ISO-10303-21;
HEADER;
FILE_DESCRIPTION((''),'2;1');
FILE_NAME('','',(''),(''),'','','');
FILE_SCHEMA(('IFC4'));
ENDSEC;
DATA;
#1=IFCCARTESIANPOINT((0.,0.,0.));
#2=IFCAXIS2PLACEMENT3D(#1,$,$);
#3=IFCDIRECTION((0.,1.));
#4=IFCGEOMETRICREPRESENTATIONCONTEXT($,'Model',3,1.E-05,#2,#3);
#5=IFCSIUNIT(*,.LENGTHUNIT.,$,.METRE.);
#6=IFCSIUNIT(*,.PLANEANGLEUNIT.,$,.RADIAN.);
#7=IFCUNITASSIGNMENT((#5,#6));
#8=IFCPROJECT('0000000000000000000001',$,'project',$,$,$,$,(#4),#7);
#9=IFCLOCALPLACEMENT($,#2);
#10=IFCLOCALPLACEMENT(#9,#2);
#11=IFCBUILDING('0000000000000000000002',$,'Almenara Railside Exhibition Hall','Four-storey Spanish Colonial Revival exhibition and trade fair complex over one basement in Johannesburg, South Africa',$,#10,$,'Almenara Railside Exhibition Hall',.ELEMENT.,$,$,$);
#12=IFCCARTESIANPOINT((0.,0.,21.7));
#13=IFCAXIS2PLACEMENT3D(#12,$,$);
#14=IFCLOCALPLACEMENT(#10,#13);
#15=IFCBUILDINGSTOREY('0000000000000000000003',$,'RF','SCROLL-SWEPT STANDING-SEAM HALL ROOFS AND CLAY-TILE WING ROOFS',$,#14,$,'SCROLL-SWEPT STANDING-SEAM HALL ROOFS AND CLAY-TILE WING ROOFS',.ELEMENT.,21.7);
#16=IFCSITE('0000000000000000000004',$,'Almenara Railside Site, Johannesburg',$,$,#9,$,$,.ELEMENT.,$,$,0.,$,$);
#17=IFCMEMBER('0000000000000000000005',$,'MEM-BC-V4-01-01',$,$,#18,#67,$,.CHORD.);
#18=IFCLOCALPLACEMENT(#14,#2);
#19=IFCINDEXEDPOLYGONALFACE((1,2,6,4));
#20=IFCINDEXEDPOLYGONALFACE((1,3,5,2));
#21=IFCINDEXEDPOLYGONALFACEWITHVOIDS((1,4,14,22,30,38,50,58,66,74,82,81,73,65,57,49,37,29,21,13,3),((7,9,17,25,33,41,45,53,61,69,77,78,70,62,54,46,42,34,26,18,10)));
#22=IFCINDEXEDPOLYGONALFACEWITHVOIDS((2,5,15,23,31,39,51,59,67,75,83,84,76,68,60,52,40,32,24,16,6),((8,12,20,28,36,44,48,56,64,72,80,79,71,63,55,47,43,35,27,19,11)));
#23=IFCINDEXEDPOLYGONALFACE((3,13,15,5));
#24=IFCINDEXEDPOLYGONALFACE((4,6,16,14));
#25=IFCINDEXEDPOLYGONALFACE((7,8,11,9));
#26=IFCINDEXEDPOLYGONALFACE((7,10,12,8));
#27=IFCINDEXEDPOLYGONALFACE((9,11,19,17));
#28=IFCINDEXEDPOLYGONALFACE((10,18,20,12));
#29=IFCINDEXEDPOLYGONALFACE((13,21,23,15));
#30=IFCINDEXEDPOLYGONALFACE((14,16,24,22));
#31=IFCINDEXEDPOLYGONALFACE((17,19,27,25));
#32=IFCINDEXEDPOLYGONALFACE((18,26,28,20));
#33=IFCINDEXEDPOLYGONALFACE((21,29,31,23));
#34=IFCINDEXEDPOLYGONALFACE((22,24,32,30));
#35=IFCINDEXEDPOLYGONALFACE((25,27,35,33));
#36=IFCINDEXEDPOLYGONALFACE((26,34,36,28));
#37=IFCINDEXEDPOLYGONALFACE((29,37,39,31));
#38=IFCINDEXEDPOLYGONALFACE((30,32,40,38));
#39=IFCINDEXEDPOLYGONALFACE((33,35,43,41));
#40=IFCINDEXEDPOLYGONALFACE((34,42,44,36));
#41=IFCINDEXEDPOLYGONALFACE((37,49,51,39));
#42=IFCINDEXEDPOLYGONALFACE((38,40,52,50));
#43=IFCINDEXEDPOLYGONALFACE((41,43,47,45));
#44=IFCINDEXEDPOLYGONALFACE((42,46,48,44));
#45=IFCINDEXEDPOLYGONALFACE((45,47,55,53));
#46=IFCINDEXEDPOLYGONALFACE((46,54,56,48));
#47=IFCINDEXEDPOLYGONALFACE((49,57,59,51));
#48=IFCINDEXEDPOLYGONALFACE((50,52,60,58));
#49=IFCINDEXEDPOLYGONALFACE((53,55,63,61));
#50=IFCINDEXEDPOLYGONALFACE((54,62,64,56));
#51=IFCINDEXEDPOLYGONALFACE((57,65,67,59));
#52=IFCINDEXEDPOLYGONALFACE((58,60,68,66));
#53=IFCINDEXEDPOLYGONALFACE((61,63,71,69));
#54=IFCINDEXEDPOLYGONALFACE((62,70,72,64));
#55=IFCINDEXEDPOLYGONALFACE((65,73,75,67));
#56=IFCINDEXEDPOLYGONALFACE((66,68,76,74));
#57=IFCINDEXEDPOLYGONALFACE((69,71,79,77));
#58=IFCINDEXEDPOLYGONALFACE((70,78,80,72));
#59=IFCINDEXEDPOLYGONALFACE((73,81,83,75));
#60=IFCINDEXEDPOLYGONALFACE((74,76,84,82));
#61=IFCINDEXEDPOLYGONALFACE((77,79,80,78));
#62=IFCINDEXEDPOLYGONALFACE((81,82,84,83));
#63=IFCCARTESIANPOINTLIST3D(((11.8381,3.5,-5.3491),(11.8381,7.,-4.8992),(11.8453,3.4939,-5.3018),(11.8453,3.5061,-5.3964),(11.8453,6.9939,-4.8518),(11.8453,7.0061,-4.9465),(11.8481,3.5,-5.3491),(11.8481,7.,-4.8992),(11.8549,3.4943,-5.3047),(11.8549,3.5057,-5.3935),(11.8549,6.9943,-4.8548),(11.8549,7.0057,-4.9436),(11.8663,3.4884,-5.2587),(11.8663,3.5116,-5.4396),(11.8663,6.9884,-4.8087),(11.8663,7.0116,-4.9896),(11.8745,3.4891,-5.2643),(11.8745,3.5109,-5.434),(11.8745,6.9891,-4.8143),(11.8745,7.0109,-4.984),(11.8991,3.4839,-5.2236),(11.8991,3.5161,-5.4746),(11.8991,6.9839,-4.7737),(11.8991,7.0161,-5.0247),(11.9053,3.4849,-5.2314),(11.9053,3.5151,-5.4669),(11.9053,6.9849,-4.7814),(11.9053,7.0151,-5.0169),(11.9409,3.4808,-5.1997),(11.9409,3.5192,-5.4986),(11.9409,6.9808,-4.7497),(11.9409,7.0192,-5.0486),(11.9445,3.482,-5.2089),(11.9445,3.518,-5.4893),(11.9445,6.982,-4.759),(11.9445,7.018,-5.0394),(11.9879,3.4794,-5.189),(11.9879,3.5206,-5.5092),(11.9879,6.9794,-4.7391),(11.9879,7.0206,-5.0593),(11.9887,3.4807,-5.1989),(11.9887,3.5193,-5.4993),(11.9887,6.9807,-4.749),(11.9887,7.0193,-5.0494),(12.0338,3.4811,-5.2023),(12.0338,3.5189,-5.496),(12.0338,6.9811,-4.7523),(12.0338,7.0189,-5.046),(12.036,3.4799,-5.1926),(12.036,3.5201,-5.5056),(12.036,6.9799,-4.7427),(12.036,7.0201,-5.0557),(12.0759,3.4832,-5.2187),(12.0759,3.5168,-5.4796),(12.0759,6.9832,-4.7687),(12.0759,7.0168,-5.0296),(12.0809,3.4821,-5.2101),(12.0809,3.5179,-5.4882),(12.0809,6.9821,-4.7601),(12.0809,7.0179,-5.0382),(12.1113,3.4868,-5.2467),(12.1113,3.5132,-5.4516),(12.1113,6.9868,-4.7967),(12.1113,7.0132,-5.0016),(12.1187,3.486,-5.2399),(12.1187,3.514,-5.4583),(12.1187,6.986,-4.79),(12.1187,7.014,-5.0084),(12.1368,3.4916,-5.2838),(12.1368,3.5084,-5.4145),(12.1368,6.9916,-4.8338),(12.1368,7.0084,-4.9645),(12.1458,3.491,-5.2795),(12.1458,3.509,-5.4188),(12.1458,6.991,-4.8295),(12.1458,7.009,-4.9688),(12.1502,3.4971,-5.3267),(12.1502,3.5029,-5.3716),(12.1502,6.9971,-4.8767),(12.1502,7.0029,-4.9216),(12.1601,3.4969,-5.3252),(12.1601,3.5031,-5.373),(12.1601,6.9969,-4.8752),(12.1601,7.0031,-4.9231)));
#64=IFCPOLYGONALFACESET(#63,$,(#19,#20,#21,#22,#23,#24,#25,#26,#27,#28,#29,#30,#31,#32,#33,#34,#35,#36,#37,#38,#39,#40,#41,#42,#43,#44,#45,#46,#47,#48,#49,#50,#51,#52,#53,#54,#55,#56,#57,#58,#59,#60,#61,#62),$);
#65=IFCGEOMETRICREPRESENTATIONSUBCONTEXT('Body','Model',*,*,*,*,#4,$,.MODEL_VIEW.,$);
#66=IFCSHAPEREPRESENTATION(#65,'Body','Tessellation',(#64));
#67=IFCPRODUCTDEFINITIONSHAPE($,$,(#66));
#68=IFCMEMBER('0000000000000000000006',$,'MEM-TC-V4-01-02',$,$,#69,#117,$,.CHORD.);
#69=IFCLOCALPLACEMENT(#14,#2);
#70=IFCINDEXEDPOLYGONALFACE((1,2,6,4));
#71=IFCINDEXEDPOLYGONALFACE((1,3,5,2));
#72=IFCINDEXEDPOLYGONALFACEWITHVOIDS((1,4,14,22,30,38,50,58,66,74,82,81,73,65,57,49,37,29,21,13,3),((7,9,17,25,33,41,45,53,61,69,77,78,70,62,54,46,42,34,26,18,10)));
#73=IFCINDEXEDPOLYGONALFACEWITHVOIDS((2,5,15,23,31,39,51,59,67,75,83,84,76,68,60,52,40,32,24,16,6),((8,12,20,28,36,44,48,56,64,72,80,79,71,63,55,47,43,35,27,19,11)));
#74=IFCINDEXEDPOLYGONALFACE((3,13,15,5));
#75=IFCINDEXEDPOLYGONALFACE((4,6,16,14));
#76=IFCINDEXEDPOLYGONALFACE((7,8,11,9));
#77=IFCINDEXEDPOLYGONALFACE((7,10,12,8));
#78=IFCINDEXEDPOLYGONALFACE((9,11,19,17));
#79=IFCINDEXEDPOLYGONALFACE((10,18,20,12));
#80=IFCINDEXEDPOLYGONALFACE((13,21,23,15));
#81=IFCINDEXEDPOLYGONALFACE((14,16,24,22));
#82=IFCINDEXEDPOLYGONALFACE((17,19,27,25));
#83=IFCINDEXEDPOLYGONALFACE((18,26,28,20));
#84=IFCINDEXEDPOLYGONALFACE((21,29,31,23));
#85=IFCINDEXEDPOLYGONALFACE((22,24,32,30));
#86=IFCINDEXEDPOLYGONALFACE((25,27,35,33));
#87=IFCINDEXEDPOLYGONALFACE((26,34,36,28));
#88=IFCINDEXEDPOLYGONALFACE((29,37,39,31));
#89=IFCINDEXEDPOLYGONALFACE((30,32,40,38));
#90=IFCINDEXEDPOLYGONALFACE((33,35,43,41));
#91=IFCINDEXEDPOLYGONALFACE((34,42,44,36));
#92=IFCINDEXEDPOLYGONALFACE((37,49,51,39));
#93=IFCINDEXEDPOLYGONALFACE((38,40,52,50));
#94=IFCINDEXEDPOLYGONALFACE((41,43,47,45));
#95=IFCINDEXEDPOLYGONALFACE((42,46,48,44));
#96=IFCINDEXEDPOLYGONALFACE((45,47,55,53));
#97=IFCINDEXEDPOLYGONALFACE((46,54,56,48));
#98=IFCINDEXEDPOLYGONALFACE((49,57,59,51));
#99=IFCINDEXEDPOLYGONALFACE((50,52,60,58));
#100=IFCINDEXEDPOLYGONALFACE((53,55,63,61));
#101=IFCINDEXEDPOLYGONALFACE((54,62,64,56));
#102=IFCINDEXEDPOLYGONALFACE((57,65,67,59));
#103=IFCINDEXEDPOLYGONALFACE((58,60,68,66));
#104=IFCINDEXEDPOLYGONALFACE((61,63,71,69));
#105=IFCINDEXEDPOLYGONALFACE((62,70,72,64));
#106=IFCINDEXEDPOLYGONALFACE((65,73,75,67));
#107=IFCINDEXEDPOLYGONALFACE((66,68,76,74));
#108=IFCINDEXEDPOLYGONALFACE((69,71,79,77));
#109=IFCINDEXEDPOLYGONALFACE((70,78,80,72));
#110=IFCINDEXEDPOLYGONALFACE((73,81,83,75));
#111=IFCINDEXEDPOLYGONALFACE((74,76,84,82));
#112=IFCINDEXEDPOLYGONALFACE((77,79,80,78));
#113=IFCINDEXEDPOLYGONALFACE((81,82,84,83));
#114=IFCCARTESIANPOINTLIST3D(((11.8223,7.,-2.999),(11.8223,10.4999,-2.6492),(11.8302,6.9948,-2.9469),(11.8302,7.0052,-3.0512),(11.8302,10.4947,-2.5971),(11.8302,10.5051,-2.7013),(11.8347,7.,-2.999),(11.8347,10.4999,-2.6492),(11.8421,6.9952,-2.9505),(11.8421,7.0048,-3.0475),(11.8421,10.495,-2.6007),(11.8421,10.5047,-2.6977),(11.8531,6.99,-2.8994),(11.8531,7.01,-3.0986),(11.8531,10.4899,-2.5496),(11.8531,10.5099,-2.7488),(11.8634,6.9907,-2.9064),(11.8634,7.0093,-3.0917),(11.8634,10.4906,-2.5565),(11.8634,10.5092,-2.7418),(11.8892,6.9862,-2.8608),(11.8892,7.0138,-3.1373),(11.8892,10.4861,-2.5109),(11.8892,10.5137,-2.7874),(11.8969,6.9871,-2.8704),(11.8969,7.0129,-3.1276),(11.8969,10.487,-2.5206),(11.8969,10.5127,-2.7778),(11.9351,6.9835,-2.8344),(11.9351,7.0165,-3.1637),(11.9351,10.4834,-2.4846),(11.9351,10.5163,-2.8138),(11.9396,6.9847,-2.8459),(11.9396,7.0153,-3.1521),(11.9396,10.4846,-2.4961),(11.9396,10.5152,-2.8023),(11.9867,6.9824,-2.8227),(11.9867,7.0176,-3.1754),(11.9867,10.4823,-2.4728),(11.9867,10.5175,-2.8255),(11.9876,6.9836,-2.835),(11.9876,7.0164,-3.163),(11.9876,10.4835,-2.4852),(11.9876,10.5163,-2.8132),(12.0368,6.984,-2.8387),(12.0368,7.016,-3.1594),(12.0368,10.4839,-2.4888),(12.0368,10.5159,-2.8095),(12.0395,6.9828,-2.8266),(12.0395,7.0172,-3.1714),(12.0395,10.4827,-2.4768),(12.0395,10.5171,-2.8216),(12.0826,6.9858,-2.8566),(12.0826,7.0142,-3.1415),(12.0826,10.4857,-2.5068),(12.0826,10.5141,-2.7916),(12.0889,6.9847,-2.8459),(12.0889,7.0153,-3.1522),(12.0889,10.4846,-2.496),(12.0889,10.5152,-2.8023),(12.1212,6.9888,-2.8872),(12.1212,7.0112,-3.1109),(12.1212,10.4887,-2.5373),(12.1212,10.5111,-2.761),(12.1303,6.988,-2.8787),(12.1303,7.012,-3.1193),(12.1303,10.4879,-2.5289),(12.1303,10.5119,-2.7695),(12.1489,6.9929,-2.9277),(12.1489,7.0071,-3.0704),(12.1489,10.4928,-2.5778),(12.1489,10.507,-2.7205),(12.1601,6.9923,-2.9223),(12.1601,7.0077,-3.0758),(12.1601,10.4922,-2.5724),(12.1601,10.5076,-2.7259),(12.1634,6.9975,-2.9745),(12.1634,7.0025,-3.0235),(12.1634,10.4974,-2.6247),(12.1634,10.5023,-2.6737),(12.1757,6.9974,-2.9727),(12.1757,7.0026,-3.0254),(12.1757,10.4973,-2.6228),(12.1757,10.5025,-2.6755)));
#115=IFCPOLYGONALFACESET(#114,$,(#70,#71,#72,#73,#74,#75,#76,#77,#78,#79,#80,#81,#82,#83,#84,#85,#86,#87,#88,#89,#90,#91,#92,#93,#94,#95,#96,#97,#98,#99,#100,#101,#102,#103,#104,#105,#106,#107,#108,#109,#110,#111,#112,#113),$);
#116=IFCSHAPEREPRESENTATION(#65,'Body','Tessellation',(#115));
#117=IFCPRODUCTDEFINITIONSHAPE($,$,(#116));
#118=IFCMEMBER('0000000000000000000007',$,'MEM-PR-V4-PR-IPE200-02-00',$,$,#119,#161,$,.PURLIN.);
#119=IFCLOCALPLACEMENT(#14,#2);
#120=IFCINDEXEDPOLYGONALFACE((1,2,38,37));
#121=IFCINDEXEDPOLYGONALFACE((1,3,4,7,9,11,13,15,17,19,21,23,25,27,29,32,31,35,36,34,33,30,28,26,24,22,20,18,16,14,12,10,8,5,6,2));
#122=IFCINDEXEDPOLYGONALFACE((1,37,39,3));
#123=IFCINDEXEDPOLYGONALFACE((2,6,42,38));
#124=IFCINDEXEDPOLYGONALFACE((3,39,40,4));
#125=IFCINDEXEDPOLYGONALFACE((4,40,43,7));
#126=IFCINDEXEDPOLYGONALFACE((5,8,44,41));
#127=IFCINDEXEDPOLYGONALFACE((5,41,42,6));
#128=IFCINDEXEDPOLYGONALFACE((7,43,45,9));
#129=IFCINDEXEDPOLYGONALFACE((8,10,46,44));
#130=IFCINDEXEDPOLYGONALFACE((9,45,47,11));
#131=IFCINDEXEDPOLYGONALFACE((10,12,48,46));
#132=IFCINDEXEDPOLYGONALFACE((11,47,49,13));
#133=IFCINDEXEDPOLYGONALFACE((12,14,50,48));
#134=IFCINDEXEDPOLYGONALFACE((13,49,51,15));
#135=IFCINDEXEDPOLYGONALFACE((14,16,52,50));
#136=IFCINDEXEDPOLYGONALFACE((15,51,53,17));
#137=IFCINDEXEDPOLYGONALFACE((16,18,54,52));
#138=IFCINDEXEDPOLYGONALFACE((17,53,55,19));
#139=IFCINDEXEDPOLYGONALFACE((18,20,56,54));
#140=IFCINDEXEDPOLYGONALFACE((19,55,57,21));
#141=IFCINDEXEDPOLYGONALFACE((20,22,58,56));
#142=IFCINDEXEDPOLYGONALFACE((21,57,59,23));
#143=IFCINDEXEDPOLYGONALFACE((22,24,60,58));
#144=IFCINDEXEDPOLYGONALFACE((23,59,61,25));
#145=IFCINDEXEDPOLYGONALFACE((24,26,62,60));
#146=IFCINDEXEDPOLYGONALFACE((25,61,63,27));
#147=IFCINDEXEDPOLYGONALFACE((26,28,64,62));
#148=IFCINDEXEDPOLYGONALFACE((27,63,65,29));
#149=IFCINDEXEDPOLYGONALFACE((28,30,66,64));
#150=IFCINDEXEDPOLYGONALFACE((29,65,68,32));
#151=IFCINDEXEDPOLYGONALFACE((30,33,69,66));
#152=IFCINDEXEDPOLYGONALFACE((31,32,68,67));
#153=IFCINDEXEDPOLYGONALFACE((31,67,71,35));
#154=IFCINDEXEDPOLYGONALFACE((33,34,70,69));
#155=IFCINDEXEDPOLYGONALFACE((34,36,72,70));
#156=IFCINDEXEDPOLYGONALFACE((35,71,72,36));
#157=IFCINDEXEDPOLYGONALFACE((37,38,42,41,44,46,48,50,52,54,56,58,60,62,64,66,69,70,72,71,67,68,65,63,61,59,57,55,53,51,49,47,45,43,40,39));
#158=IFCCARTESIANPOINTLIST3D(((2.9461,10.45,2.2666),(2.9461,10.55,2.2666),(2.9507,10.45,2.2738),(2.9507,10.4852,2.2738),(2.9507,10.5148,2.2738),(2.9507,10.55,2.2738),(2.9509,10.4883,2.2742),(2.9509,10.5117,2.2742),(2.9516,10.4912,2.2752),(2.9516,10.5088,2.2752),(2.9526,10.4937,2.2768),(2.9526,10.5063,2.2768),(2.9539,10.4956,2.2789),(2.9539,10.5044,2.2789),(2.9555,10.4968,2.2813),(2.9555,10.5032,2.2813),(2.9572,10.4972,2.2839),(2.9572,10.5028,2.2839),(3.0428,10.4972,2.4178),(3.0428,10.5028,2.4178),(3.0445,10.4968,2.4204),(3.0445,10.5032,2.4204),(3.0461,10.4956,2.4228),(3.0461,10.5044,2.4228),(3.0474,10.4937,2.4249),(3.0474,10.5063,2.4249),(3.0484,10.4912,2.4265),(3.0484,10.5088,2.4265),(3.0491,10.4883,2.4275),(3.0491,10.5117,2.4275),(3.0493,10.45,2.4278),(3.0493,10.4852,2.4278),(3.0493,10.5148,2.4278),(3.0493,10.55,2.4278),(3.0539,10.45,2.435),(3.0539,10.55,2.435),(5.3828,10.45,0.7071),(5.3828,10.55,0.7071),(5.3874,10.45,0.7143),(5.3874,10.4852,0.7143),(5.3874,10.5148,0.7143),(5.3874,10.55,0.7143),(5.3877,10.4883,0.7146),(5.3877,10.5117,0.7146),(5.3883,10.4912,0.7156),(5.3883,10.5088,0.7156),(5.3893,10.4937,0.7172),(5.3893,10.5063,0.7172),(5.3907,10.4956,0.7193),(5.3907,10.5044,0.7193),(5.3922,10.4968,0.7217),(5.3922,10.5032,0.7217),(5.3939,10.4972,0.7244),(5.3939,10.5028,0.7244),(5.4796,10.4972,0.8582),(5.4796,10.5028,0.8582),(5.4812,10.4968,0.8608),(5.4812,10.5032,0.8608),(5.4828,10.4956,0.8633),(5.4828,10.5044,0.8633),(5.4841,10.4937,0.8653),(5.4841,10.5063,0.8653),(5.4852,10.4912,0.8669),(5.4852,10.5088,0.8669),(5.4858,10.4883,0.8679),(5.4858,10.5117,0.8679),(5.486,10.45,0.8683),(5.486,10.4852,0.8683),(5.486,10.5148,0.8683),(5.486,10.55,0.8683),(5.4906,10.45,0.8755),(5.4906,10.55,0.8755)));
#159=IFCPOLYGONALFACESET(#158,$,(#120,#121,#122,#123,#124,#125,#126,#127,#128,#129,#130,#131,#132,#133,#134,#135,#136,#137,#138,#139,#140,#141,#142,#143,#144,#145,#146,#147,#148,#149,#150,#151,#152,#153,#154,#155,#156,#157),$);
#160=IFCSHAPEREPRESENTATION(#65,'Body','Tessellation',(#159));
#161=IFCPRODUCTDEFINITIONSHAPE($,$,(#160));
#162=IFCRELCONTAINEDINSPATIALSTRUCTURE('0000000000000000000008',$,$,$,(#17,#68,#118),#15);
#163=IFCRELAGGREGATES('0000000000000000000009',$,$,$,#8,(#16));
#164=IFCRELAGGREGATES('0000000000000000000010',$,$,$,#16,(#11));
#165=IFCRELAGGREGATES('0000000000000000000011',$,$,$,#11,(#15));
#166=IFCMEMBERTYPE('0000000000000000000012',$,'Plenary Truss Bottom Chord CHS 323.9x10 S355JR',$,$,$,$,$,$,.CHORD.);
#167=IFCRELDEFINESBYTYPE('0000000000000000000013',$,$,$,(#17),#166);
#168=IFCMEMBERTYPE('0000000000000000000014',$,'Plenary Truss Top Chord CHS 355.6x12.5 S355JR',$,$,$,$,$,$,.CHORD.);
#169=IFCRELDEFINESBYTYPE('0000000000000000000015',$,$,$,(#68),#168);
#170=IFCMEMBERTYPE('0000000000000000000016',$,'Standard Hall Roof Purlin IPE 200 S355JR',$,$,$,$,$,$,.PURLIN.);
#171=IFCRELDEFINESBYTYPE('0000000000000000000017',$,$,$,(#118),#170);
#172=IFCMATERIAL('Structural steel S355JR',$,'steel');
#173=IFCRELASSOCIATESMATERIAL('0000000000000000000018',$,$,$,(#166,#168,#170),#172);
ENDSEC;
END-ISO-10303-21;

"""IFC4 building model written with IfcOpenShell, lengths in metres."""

from ifc_helpers import new_model, si_unit, direction, frame, origin, origin_2d, place, context, subcontext, project, spatial, hollow_circle, i_section, extrude, material, material_profile, profile_set, type_object, element, save


model = new_model("IFC4")

# Units and contexts
model_context = context("Model", 3, precision=1e-05, world=origin(), true_north=direction((0.0, 1.0)))
body_context = subcontext(model_context, "Body", "Model", "MODEL_VIEW")
ifc_project = project(units=[si_unit("LENGTHUNIT", "METRE"), si_unit("PLANEANGLEUNIT", "RADIAN")], contexts=[model_context])

# Site, building, storey
site_placement = place(None, origin())
site = spatial("IfcSite", under=ifc_project, at=site_placement, Name="Almenara Railside Site, Johannesburg", CompositionType="ELEMENT", RefElevation=0.0)
building_placement = place(site_placement, origin())
building = spatial("IfcBuilding", under=site, at=building_placement, Name="Almenara Railside Exhibition Hall", Description="Four-storey Spanish Colonial Revival exhibition and trade fair complex over one basement in Johannesburg, South Africa", LongName="Almenara Railside Exhibition Hall", CompositionType="ELEMENT")
storey_placement = place(building_placement, frame((0.0, 0.0, 21.7)))
storey = spatial("IfcBuildingStorey", under=building, at=storey_placement, Name="RF", Description="SCROLL-SWEPT STANDING-SEAM HALL ROOFS AND CLAY-TILE WING ROOFS", LongName="SCROLL-SWEPT STANDING-SEAM HALL ROOFS AND CLAY-TILE WING ROOFS", CompositionType="ELEMENT", Elevation=21.7)

# Members
ifc_material_1 = material(Name="Structural steel S355JR", Category="steel")
ifc_material_profile_1 = material_profile(ifc_material_1, hollow_circle(Radius=0.1619, WallThickness=0.01, at=origin_2d()), Name="CHS 323.9x10")
ifc_profile_set_1 = profile_set([ifc_material_profile_1], Name="Structural steel S355JR")
member_type_1 = type_object("IfcMemberType", Name="Plenary Truss Bottom Chord CHS 323.9x10 S355JR", PredefinedType="CHORD", material=ifc_profile_set_1)
member_1_placement = place(storey_placement, frame((12.0, 3.5, -5.3491), z_axis=(0.0, 0.991838, 0.127508), x_axis=(-1.0, 0.0, 0.0)))
element("IfcMember", 1, at=member_1_placement, inside=storey, type_object=member_type_1, Name="MEM-BC-V4-01-01", PredefinedType="CHORD", context=body_context, shape_type="SweptSolid", body=[
    extrude(hollow_circle(Radius=0.1619, WallThickness=0.01, at=origin_2d()), origin(), (0.0, 0.0, 1.0), 3.5288),
])
ifc_material_profile_2 = material_profile(ifc_material_1, hollow_circle(Radius=0.1777, WallThickness=0.0125, at=origin_2d()), Name="CHS 355.6x12.5")
ifc_profile_set_2 = profile_set([ifc_material_profile_2], Name="Structural steel S355JR")
member_type_2 = type_object("IfcMemberType", Name="Plenary Truss Top Chord CHS 355.6x12.5 S355JR", PredefinedType="CHORD", material=ifc_profile_set_2)
member_2_placement = place(storey_placement, frame((12.0, 7.0, -2.999), z_axis=(0.0, 0.995041, 0.099462), x_axis=(-1.0, 0.0, 0.0)))
element("IfcMember", 2, at=member_2_placement, inside=storey, type_object=member_type_2, Name="MEM-TC-V4-01-02", PredefinedType="CHORD", context=body_context, shape_type="SweptSolid", body=[
    extrude(hollow_circle(Radius=0.1777, WallThickness=0.0125, at=origin_2d()), origin(), (0.0, 0.0, 1.0), 3.5173),
])
ifc_material_profile_3 = material_profile(ifc_material_1, i_section(OverallWidth=0.1001, OverallDepth=0.2, WebThickness=0.0056, FlangeThickness=0.0085, FilletRadius=0.012, at=origin_2d()), Name="IPE 200")
ifc_profile_set_3 = profile_set([ifc_material_profile_3], Name="Structural steel S355JR")
member_type_3 = type_object("IfcMemberType", Name="Standard Hall Roof Purlin IPE 200 S355JR", PredefinedType="PURLIN", material=ifc_profile_set_3)
member_3_placement = place(storey_placement, frame((3.0, 10.5, 2.3508), z_axis=(0.842265, 0.0, -0.539063), x_axis=(0.0, 1.0, 0.0)))
element("IfcMember", 3, at=member_3_placement, inside=storey, type_object=member_type_3, Name="MEM-PR-V4-PR-IPE200-02-00", PredefinedType="PURLIN", context=body_context, shape_type="SweptSolid", body=[
    extrude(i_section(OverallWidth=0.1001, OverallDepth=0.2, WebThickness=0.0056, FlangeThickness=0.0085, FilletRadius=0.012, at=origin_2d()), origin(), (0.0, 0.0, 1.0), 2.8931),
])

save(model, "model.ifc")
